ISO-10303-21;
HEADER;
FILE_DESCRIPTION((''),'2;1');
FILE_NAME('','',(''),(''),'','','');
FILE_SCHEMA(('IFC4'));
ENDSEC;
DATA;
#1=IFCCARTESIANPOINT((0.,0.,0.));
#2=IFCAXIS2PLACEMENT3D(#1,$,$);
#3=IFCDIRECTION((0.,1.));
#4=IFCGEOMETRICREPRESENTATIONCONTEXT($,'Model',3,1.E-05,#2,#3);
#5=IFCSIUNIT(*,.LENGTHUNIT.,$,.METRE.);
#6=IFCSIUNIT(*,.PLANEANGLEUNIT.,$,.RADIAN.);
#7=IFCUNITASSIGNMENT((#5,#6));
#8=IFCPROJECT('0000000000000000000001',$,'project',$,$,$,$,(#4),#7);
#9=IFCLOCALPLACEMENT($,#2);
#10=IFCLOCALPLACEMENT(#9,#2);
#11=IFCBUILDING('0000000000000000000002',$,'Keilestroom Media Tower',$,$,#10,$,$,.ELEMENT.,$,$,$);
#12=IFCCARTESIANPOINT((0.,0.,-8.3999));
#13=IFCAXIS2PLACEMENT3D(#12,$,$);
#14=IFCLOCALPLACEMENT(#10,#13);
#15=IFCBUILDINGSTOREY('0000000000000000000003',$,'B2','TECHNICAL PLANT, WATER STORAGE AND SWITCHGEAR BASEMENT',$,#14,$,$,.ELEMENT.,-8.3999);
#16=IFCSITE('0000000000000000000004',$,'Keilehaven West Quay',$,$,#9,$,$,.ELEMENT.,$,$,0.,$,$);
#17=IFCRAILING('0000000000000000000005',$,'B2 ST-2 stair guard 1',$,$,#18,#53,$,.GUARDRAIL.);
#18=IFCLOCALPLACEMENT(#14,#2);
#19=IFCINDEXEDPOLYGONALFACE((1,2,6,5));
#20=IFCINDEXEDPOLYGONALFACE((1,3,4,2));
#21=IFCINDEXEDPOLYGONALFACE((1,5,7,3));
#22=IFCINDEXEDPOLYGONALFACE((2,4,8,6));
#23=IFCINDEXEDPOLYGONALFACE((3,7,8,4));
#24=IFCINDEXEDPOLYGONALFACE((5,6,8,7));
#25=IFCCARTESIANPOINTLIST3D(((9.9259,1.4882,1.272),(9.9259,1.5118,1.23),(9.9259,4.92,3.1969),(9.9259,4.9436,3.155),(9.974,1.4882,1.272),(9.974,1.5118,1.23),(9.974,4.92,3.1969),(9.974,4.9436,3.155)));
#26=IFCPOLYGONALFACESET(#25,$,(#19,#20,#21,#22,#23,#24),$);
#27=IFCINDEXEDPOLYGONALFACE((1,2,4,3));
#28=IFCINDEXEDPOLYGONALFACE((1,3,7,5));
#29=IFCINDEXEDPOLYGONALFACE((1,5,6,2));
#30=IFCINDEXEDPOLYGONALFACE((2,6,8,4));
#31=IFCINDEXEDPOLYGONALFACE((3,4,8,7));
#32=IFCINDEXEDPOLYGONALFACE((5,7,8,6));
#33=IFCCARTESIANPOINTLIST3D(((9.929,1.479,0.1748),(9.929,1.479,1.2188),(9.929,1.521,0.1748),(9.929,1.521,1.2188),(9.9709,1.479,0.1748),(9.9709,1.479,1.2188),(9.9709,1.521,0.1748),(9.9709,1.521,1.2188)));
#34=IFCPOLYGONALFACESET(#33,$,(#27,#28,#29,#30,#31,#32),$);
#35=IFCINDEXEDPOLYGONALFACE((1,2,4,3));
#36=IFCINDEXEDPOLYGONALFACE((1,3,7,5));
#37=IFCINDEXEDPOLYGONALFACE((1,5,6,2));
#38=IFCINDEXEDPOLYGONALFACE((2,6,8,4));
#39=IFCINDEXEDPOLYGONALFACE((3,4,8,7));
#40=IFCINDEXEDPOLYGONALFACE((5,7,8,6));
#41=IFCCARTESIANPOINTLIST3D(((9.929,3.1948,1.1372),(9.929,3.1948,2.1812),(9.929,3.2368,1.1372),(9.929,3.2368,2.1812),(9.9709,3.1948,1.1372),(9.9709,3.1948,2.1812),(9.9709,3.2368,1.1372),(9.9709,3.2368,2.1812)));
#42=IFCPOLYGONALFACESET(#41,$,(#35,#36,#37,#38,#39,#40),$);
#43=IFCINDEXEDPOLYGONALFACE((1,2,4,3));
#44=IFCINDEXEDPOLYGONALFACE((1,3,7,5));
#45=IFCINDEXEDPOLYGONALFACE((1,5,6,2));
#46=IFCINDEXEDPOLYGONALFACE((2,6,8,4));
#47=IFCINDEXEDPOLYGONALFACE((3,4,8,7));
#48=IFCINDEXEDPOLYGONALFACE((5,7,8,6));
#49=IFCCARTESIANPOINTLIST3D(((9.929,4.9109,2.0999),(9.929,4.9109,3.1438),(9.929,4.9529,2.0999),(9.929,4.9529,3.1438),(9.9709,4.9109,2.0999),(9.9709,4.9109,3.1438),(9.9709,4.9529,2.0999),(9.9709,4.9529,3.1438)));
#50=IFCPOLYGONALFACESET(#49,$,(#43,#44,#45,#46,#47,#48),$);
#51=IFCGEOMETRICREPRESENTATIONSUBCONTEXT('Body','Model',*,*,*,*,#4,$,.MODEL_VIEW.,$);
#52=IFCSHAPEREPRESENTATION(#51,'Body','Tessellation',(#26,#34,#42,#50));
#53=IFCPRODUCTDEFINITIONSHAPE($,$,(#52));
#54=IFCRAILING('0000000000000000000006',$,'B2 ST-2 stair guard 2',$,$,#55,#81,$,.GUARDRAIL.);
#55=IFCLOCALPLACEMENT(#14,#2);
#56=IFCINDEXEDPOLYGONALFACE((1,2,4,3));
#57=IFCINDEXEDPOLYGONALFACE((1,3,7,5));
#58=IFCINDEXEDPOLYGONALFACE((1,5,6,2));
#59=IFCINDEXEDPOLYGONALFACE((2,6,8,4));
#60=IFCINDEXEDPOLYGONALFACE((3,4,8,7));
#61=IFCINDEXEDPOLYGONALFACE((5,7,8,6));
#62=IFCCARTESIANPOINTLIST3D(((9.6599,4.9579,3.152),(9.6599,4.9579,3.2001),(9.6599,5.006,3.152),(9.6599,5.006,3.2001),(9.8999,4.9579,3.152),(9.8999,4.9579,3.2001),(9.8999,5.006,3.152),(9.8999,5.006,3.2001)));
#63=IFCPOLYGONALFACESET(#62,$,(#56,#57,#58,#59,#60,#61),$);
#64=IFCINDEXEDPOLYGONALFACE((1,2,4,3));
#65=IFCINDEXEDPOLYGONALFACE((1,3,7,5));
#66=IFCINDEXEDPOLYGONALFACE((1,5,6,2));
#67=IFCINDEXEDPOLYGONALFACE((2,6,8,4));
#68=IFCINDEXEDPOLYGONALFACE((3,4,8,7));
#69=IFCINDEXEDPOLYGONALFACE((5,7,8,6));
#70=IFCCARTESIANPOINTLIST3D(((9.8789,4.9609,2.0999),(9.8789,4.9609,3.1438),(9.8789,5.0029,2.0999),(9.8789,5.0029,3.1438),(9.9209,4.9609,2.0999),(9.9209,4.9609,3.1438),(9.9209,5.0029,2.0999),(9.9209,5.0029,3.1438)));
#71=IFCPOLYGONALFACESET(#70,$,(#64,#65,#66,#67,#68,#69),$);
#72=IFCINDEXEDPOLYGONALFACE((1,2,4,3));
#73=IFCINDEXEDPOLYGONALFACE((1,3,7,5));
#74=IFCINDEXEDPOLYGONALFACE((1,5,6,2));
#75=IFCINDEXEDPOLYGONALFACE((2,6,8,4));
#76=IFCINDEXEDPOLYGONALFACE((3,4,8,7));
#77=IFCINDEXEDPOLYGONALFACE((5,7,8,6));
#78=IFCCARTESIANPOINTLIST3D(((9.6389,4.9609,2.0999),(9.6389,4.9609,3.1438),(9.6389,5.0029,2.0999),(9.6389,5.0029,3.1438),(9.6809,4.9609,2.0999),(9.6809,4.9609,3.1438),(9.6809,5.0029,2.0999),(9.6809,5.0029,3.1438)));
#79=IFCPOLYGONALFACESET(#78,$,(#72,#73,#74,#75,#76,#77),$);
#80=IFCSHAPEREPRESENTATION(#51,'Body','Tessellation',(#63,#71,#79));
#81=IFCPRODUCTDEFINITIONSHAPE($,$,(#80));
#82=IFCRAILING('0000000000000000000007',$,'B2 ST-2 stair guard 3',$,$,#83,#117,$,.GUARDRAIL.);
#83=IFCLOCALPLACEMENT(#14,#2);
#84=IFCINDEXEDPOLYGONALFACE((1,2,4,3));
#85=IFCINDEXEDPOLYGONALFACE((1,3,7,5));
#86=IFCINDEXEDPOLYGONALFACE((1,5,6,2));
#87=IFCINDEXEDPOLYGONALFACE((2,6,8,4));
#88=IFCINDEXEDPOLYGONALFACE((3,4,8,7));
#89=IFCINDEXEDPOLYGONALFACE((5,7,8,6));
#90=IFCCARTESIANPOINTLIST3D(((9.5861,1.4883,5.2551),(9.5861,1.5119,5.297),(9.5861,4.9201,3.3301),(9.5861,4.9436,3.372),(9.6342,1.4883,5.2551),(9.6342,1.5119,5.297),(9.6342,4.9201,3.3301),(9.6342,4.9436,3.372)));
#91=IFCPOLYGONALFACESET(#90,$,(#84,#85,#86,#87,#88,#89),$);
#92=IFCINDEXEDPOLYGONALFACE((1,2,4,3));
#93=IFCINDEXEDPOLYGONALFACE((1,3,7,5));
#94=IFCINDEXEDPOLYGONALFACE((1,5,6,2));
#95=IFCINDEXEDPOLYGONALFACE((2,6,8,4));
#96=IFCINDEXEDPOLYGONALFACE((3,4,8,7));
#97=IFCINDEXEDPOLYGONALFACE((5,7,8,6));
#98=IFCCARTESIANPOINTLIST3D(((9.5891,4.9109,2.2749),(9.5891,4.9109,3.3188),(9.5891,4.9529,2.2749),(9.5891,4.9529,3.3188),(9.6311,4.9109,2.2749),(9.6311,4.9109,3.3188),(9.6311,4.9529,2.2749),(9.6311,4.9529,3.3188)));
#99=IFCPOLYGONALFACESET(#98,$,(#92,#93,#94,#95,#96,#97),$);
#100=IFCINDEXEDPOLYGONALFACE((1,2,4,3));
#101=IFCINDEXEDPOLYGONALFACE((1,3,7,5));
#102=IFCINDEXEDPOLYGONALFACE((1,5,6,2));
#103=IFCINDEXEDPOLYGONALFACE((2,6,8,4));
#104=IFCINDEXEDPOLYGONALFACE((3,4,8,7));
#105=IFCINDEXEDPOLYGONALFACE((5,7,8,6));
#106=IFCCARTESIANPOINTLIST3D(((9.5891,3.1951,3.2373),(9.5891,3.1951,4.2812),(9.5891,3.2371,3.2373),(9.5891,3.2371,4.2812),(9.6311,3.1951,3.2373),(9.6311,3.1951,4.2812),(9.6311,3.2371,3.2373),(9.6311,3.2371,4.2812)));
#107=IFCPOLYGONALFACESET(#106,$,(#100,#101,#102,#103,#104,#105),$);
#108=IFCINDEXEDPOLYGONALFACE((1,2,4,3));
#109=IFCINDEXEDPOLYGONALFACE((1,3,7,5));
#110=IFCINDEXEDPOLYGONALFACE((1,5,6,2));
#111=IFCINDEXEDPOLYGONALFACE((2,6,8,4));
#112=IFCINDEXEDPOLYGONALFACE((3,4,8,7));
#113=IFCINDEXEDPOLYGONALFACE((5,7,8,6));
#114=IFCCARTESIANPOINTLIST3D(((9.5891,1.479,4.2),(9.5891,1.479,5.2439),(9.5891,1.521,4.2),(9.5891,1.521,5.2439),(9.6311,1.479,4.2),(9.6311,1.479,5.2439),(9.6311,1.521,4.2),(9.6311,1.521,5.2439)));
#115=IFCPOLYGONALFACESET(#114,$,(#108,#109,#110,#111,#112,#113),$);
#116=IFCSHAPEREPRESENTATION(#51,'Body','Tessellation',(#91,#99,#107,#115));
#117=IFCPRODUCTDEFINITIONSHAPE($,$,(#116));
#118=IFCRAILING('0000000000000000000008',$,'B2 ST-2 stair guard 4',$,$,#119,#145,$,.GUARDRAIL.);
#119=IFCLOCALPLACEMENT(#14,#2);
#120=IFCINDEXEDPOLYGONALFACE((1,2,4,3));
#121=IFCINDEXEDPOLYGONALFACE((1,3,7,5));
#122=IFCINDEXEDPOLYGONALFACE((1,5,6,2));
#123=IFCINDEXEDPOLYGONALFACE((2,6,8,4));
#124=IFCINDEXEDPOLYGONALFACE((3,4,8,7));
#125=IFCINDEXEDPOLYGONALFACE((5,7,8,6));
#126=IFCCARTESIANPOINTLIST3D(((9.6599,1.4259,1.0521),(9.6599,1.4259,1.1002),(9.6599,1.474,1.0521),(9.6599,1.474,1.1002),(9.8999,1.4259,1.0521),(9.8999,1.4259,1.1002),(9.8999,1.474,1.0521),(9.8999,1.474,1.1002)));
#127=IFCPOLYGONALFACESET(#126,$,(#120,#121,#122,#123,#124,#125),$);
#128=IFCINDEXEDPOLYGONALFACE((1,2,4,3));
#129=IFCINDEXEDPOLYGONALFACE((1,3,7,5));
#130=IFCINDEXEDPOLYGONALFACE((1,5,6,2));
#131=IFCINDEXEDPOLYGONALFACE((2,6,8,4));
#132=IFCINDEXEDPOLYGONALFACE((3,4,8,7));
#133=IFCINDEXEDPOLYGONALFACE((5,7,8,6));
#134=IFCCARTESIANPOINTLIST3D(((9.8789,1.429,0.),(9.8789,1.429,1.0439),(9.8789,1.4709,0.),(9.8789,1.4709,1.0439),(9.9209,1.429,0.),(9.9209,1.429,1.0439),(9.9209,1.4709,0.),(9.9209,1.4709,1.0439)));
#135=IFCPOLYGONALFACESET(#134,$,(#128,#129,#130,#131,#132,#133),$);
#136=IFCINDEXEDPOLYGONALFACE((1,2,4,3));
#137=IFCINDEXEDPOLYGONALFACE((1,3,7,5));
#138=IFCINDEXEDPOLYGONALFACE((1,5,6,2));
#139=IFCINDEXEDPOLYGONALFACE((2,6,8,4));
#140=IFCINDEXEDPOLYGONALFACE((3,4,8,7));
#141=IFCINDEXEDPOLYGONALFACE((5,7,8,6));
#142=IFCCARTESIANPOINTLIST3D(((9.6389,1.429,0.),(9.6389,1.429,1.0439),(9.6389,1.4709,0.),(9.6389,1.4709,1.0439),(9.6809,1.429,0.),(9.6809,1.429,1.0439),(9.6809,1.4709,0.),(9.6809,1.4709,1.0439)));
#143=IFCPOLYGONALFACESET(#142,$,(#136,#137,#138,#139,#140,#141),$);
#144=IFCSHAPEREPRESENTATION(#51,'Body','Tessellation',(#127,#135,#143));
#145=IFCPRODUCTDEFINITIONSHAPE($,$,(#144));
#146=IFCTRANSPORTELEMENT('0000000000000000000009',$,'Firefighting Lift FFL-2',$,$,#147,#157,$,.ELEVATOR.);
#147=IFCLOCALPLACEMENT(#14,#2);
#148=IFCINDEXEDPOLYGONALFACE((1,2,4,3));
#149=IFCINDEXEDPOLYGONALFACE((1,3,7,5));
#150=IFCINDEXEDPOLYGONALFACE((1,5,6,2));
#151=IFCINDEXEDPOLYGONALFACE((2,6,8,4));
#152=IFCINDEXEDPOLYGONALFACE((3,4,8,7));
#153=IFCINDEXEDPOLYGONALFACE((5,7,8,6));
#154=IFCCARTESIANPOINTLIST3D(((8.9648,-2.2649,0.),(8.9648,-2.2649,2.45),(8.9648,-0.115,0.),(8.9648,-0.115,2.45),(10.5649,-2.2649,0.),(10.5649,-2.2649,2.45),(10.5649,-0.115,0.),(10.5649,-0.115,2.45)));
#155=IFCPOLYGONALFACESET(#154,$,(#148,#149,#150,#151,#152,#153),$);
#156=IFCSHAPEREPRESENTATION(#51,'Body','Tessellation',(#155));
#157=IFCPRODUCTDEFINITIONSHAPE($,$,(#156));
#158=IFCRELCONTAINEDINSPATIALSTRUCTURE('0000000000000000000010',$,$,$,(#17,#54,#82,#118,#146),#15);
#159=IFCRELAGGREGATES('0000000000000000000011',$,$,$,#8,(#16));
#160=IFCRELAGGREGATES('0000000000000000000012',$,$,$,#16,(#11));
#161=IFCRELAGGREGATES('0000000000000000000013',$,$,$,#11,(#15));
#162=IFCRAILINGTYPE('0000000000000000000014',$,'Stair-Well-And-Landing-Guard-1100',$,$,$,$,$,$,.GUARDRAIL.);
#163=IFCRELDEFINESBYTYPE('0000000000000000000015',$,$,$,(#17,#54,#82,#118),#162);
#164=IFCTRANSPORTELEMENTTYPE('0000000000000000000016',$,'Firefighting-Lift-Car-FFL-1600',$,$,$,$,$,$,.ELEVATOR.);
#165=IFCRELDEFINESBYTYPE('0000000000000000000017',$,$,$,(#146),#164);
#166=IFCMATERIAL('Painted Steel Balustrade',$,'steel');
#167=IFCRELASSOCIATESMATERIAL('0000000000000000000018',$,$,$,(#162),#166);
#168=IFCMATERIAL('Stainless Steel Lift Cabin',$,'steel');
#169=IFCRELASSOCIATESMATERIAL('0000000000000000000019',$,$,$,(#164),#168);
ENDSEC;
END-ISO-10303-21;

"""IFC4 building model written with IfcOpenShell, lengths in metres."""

from ifc_helpers import new_model, si_unit, direction, frame, origin, origin_2d, place, context, subcontext, project, spatial, rectangle, extrude, source, transform, mapped, material, type_object, element, save


model = new_model("IFC4")

# Units and contexts
model_context = context("Model", 3, precision=1e-05, world=origin(), true_north=direction((0.0, 1.0)))
body_context = subcontext(model_context, "Body", "Model", "MODEL_VIEW")
ifc_project = project(units=[si_unit("LENGTHUNIT", "METRE"), si_unit("PLANEANGLEUNIT", "RADIAN")], contexts=[model_context])

# Site, building, storey
site_placement = place(None, origin())
site = spatial("IfcSite", under=ifc_project, at=site_placement, Name="Keilehaven West Quay", CompositionType="ELEMENT", RefElevation=0.0)
building_placement = place(site_placement, origin())
building = spatial("IfcBuilding", under=site, at=building_placement, Name="Keilestroom Media Tower", CompositionType="ELEMENT")
storey_placement = place(building_placement, frame((0.0, 0.0, -8.3999)))
storey = spatial("IfcBuildingStorey", under=building, at=storey_placement, Name="B2", Description="TECHNICAL PLANT, WATER STORAGE AND SWITCHGEAR BASEMENT", CompositionType="ELEMENT", Elevation=-8.3999)

# Railings
ifc_material_1 = material(Name="Painted Steel Balustrade", Category="steel")
railing_type_1 = type_object("IfcRailingType", Name="Stair-Well-And-Landing-Guard-1100", PredefinedType="GUARDRAIL", material=ifc_material_1)
railing_1_placement = place(storey_placement, frame((9.95, 1.5, 0.1748)))
element("IfcRailing", 1, at=railing_1_placement, inside=storey, type_object=railing_type_1, Name="B2 ST-2 stair guard 1", PredefinedType="GUARDRAIL", context=body_context, shape_type="SweptSolid", body=[
    extrude(rectangle(XDim=0.0481, YDim=0.0481, at=origin_2d()), frame((0.0, 0.0, 1.0762), z_axis=(0.0, 0.87216, 0.489221), x_axis=(-1.0, 0.0, 0.0)), (0.0, 0.0, 1.0), 3.9348),
    extrude(rectangle(XDim=0.042, YDim=0.042, at=origin_2d()), origin(), (0.0, 0.0, 1.0), 1.0439),
    extrude(rectangle(XDim=0.042, YDim=0.042, at=origin_2d()), frame((0.0, 1.7158, 0.9624)), (0.0, 0.0, 1.0), 1.0439),
    extrude(rectangle(XDim=0.042, YDim=0.042, at=origin_2d()), frame((0.0, 3.4319, 1.925)), (0.0, 0.0, 1.0), 1.0439),
])
railing_2_placement = place(storey_placement, frame((9.8999, 4.9819, 2.0999)))
element("IfcRailing", 2, at=railing_2_placement, inside=storey, type_object=railing_type_1, Name="B2 ST-2 stair guard 2", PredefinedType="GUARDRAIL", context=body_context, shape_type="SweptSolid", body=[
    extrude(rectangle(XDim=0.0481, YDim=0.0481, at=origin_2d()), frame((0.0, 0.0, 1.0762), z_axis=(-1.0, 0.0, 0.0), x_axis=(0.0, -1.0, 0.0)), (0.0, 0.0, 1.0), 0.24),
    extrude(rectangle(XDim=0.042, YDim=0.042, at=origin_2d()), origin(), (0.0, 0.0, 1.0), 1.0439),
    extrude(rectangle(XDim=0.042, YDim=0.042, at=origin_2d()), frame((-0.24, 0.0, 0.0)), (0.0, 0.0, 1.0), 1.0439),
])
railing_3_placement = place(storey_placement, frame((9.6101, 4.9319, 2.2749)))
element("IfcRailing", 3, at=railing_3_placement, inside=storey, type_object=railing_type_1, Name="B2 ST-2 stair guard 3", PredefinedType="GUARDRAIL", context=body_context, shape_type="SweptSolid", body=[
    extrude(rectangle(XDim=0.0481, YDim=0.0481, at=origin_2d()), frame((0.0, 0.0, 1.0762), z_axis=(0.0, -0.87216, 0.489221), x_axis=(1.0, 0.0, 0.0)), (0.0, 0.0, 1.0), 3.9348),
    extrude(rectangle(XDim=0.042, YDim=0.042, at=origin_2d()), origin(), (0.0, 0.0, 1.0), 1.0439),
    extrude(rectangle(XDim=0.042, YDim=0.042, at=origin_2d()), frame((0.0, -1.7158, 0.9624)), (0.0, 0.0, 1.0), 1.0439),
    extrude(rectangle(XDim=0.042, YDim=0.042, at=origin_2d()), frame((0.0, -3.4319, 1.925)), (0.0, 0.0, 1.0), 1.0439),
])
railing_4_placement = place(storey_placement, frame((9.8999, 1.45, 0.0)))
element("IfcRailing", 4, at=railing_4_placement, inside=storey, type_object=railing_type_1, Name="B2 ST-2 stair guard 4", PredefinedType="GUARDRAIL", context=body_context, shape_type="SweptSolid", body=[
    extrude(rectangle(XDim=0.0481, YDim=0.0481, at=origin_2d()), frame((0.0, 0.0, 1.0762), z_axis=(-1.0, 0.0, 0.0), x_axis=(0.0, -1.0, 0.0)), (0.0, 0.0, 1.0), 0.24),
    extrude(rectangle(XDim=0.042, YDim=0.042, at=origin_2d()), origin(), (0.0, 0.0, 1.0), 1.0439),
    extrude(rectangle(XDim=0.042, YDim=0.042, at=origin_2d()), frame((-0.24, 0.0, 0.0)), (0.0, 0.0, 1.0), 1.0439),
])

# Transport element
ifc_material_2 = material(Name="Stainless Steel Lift Cabin", Category="steel")
transport_element_type = type_object("IfcTransportElementType", Name="Firefighting-Lift-Car-FFL-1600", PredefinedType="ELEVATOR", material=ifc_material_2)
shared_shape_1 = source(origin(), body_context, "Body", "SweptSolid", [
    extrude(rectangle(XDim=1.6001, YDim=2.1499, at=origin_2d()), origin(), (0.0, 0.0, 1.0), 2.45),
])
transport_element_placement = place(storey_placement, frame((9.7649, -1.1899, 0.0), z_axis=(0.0, 0.0, 1.0), x_axis=(1.0, 0.0, 0.0)))
element("IfcTransportElement", 5, at=transport_element_placement, inside=storey, type_object=transport_element_type, Name="Firefighting Lift FFL-2", PredefinedType="ELEVATOR", context=body_context, shape_type="MappedRepresentation", body=[
    mapped(shared_shape_1, transform((0.0, 0.0, 0.0), x_axis=(1.0, 0.0, 0.0), y_axis=(0.0, 1.0, 0.0), z_axis=(0.0, 0.0, 1.0), scale=1.0)),
])

save(model, "model.ifc")
